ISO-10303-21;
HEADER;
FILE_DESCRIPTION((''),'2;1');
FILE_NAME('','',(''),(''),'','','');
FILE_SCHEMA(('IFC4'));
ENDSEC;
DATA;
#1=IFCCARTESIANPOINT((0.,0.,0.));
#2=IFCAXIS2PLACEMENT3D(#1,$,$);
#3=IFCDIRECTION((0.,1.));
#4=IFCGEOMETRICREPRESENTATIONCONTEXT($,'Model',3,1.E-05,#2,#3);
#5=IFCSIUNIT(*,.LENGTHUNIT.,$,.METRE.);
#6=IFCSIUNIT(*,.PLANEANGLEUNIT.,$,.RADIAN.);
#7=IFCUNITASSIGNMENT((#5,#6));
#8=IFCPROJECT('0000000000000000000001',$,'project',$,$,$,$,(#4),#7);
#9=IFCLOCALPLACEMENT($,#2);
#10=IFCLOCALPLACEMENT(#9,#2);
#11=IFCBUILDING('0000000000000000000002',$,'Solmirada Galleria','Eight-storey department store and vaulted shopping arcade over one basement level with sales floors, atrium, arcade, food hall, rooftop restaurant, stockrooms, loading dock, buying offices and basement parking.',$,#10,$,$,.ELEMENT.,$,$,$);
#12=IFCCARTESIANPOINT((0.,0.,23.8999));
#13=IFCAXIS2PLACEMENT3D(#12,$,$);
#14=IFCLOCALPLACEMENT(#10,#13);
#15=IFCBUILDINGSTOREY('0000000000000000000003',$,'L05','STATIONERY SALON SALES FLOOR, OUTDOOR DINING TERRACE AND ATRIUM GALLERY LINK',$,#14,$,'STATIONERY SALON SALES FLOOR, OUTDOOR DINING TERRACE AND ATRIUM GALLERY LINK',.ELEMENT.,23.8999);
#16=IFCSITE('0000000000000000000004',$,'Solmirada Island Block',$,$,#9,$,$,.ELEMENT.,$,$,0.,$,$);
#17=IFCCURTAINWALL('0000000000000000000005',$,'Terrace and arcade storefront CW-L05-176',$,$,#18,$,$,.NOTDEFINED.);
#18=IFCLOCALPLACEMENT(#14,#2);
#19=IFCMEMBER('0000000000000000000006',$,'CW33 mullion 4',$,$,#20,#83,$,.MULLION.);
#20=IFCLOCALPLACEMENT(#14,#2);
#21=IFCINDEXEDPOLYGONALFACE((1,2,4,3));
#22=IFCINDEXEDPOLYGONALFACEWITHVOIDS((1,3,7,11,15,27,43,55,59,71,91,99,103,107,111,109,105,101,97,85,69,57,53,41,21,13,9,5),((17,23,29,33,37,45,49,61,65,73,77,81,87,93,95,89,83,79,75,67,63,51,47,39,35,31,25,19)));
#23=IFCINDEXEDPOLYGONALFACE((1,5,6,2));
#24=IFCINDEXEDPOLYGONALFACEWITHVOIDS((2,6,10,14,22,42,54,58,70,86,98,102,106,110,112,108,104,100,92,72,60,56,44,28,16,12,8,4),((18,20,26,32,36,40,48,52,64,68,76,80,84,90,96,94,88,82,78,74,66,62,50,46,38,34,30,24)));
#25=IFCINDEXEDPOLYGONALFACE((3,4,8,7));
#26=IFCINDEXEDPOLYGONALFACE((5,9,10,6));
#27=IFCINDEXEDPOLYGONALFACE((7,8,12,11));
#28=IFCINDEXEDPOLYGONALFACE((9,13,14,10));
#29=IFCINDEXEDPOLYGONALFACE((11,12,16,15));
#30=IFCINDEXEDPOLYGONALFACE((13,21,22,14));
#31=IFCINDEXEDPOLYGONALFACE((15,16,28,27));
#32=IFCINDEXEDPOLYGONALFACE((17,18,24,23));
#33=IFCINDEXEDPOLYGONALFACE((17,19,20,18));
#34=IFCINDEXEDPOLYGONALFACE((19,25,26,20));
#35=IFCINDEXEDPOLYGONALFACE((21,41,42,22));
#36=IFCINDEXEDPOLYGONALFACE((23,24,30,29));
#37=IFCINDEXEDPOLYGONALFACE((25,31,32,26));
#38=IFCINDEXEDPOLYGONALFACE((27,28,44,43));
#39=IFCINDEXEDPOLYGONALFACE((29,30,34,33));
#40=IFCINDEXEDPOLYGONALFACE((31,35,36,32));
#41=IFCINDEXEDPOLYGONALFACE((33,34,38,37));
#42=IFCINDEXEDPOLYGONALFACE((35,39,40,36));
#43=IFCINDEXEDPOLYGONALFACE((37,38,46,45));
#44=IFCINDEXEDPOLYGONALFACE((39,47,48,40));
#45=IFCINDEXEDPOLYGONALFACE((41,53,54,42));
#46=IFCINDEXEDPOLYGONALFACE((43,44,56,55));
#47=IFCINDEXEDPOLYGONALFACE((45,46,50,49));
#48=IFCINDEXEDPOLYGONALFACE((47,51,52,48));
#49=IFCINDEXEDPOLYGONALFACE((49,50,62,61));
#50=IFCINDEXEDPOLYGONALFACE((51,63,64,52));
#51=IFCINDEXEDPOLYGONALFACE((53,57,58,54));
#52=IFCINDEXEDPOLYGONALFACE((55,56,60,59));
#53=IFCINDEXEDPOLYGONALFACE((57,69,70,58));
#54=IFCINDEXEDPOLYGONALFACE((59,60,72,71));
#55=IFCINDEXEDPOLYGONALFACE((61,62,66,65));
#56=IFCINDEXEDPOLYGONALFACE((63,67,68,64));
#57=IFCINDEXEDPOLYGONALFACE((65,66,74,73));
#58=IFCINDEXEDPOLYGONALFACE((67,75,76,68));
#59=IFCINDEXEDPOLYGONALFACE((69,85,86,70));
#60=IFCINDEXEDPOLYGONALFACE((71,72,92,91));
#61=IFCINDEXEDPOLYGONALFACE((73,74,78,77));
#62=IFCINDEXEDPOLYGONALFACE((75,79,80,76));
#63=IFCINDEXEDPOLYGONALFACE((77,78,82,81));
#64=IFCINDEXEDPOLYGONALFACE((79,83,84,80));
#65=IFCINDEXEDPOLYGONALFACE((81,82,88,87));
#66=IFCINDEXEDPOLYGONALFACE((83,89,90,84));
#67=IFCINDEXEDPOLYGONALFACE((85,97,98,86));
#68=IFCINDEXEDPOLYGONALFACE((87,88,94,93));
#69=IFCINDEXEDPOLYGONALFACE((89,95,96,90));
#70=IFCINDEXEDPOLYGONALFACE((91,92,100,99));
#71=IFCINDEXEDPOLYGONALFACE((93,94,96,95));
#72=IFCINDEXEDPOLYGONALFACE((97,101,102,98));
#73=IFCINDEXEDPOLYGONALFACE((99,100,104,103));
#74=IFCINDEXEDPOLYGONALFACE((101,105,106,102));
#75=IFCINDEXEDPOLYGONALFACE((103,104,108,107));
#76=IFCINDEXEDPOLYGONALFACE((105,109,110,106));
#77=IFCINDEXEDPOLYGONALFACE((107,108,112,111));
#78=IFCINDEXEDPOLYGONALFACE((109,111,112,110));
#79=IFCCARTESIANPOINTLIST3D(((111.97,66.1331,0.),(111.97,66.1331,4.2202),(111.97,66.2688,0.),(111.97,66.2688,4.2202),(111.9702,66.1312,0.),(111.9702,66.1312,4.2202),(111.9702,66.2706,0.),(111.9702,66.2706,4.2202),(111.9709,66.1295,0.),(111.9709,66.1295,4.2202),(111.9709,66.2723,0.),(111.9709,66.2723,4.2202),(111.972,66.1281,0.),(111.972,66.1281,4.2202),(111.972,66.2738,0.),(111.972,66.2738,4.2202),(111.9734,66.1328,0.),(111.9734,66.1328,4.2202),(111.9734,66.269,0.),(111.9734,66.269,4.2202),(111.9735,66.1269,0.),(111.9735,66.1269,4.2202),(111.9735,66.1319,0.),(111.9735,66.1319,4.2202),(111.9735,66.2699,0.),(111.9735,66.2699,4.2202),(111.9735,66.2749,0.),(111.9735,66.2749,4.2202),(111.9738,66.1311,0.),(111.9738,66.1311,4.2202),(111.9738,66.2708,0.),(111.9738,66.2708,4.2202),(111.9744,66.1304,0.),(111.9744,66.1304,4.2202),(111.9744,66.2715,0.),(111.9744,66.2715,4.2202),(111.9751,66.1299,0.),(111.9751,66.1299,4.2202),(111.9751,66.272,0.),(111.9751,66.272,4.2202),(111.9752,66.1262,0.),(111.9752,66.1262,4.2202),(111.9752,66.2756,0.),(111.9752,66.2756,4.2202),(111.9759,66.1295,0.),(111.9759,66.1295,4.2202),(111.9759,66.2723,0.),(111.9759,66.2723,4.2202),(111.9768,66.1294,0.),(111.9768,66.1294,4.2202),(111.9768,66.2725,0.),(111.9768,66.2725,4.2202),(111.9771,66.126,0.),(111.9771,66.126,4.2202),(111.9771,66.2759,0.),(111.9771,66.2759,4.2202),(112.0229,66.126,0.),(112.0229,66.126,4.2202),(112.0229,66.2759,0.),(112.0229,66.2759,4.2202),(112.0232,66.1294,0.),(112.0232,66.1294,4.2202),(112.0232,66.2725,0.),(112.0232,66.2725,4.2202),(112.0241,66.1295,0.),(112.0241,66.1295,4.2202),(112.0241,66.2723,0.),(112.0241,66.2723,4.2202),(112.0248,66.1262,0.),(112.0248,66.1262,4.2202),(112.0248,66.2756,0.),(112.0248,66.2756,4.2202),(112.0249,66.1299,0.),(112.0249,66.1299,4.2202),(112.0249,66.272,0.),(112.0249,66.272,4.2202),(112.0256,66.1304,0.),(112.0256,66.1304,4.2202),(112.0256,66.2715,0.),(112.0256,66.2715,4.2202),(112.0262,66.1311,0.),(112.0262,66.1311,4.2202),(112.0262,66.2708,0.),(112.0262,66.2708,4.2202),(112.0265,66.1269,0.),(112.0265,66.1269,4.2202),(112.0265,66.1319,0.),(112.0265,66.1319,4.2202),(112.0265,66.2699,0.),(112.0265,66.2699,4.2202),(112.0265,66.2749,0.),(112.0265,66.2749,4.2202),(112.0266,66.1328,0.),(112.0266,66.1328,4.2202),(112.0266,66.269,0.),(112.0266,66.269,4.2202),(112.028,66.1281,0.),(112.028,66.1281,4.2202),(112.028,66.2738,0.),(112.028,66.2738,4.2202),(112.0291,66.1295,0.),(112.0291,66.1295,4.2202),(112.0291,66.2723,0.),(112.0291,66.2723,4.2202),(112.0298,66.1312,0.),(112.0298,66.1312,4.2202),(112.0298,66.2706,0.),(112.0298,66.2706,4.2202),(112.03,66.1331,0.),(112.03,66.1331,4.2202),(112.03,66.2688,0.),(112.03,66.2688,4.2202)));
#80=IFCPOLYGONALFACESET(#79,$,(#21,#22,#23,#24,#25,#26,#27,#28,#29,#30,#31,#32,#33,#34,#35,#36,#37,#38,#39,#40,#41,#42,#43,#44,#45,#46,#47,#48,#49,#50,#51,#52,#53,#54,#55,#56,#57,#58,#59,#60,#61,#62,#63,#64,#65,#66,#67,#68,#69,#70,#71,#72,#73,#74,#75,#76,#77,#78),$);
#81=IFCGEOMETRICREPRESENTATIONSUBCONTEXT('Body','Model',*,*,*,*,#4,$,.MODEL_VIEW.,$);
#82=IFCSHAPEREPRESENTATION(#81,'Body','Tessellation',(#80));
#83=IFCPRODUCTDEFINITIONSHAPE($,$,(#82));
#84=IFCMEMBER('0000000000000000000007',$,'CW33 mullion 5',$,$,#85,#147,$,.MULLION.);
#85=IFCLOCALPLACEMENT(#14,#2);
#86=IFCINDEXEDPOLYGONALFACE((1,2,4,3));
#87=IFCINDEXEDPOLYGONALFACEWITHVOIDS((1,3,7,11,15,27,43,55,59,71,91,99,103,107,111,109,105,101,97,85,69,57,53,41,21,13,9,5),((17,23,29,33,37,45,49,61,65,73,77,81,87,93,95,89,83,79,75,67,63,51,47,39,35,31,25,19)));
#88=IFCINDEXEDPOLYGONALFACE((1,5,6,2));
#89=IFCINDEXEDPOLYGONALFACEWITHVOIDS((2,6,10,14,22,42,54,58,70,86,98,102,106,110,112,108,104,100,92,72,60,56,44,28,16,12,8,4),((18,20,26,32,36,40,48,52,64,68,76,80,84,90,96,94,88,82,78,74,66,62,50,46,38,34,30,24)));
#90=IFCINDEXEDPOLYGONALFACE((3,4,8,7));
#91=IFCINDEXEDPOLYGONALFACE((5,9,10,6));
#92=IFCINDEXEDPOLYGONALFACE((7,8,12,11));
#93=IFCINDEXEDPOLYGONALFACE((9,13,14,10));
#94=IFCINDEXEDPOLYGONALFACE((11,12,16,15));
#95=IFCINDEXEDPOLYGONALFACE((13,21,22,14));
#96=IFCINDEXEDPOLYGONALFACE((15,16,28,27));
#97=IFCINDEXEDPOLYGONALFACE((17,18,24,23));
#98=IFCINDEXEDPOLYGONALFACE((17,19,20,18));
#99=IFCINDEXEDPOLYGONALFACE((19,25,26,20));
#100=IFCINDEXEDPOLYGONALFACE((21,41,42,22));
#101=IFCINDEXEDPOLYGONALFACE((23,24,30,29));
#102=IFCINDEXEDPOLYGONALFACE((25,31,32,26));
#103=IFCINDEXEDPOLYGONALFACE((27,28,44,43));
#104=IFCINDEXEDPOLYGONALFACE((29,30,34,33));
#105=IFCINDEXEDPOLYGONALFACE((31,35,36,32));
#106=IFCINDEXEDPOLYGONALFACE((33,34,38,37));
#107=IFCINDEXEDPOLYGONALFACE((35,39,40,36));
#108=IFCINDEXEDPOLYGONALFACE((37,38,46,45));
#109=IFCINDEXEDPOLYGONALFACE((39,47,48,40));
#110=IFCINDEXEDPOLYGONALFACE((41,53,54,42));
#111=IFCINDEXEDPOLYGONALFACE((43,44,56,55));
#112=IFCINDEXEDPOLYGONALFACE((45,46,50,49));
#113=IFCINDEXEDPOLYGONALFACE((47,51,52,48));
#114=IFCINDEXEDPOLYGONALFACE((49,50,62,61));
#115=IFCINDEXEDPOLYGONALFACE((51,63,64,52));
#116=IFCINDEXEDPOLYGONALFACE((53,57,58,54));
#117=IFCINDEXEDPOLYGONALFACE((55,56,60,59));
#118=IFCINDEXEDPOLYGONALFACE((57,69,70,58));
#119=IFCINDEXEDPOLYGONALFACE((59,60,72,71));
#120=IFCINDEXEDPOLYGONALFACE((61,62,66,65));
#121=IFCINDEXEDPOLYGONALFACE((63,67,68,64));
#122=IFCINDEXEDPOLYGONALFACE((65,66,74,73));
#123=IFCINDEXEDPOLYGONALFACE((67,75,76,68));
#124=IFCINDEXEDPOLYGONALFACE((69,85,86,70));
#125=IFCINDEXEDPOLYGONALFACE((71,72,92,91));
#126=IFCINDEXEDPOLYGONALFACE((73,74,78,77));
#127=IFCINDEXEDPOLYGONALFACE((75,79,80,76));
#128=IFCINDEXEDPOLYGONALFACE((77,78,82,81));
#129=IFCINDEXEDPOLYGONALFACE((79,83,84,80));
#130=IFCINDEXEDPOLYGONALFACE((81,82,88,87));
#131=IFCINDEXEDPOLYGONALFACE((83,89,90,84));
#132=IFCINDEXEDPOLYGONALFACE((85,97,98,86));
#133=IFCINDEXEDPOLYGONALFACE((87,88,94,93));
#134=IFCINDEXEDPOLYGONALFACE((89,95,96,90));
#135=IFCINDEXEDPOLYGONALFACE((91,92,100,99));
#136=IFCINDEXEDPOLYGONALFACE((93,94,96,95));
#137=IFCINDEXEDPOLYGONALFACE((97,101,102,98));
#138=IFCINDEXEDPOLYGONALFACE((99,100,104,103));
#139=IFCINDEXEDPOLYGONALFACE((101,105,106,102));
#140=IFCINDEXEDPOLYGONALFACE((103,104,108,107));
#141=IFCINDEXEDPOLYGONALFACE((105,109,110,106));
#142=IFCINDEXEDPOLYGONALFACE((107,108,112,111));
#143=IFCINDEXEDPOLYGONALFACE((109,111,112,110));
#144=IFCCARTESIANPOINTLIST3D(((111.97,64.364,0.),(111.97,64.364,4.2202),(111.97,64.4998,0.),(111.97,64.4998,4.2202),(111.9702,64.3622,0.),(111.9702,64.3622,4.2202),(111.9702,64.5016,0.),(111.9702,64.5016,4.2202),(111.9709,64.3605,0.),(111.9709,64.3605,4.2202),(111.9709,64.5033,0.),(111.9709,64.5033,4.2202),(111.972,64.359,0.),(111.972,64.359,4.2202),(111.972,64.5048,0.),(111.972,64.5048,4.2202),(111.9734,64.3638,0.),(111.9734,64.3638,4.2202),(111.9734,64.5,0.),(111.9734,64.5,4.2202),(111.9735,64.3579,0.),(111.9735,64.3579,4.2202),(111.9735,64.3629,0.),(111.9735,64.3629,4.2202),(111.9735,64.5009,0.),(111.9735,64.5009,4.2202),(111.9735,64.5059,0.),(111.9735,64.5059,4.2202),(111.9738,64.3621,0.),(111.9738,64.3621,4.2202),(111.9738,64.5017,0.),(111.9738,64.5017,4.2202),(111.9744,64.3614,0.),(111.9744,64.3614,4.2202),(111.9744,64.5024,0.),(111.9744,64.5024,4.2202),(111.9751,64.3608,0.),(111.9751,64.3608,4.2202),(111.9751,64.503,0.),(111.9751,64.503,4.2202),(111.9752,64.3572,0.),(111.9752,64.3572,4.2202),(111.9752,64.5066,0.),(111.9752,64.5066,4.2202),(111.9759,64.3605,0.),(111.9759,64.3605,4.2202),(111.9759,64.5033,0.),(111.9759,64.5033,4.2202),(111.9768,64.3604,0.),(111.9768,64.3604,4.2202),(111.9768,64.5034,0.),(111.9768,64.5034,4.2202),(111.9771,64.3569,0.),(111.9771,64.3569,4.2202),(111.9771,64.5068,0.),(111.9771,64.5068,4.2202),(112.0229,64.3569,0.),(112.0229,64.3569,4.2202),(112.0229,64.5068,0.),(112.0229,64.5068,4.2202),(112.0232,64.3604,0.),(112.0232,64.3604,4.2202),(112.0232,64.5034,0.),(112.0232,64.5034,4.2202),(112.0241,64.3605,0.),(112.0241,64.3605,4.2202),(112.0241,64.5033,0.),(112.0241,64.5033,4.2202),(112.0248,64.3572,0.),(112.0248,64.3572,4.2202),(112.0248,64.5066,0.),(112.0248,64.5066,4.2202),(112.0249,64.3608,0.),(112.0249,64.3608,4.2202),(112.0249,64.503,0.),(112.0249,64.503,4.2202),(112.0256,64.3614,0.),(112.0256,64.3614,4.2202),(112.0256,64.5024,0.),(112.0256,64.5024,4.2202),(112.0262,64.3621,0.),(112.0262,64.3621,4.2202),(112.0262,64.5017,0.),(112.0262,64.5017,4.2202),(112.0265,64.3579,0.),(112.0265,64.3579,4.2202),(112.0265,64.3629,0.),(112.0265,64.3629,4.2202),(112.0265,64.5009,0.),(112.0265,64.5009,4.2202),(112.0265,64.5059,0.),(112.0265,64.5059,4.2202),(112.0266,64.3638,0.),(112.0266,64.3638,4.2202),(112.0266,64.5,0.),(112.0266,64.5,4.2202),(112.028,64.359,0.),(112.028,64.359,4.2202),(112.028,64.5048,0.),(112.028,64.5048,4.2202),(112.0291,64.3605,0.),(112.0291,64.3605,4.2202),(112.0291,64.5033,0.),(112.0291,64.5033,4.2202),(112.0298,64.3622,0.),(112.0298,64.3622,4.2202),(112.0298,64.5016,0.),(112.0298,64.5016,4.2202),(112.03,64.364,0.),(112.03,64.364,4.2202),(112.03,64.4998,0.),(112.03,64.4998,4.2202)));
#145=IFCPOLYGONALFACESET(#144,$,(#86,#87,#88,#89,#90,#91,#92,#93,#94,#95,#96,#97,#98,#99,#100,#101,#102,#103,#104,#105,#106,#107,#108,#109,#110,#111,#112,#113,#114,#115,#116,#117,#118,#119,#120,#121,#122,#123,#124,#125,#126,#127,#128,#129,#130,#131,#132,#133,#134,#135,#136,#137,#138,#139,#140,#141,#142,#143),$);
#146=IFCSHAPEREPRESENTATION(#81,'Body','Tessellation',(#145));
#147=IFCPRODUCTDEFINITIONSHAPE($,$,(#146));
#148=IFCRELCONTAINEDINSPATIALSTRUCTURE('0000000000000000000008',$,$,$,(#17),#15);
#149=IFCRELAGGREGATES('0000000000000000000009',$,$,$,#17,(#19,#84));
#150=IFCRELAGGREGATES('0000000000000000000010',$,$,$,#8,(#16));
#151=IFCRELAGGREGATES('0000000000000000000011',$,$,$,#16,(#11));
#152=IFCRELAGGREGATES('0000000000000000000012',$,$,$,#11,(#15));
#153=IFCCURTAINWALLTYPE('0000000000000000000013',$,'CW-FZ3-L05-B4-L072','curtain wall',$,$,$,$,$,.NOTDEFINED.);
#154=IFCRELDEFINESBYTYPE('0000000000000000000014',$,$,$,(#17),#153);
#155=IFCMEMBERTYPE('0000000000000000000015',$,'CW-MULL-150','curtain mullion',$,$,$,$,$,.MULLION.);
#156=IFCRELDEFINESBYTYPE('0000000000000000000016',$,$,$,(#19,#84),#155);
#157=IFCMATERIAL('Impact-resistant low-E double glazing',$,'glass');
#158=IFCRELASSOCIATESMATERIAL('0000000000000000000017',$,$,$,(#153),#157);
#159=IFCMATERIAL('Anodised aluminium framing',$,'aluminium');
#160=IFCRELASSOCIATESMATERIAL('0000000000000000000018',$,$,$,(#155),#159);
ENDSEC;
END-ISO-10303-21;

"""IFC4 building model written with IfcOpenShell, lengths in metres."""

from ifc_helpers import new_model, si_unit, direction, frame, origin, origin_2d, place, context, subcontext, project, spatial, hollow_rectangle, extrude, material, material_profile, profile_set, type_object, element, aggregate, save


model = new_model("IFC4")

# Units and contexts
model_context = context("Model", 3, precision=1e-05, world=origin(), true_north=direction((0.0, 1.0)))
body_context = subcontext(model_context, "Body", "Model", "MODEL_VIEW")
ifc_project = project(units=[si_unit("LENGTHUNIT", "METRE"), si_unit("PLANEANGLEUNIT", "RADIAN")], contexts=[model_context])

# Site, building, storey
site_placement = place(None, origin())
site = spatial("IfcSite", under=ifc_project, at=site_placement, Name="Solmirada Island Block", CompositionType="ELEMENT", RefElevation=0.0)
building_placement = place(site_placement, origin())
building = spatial("IfcBuilding", under=site, at=building_placement, Name="Solmirada Galleria", Description="Eight-storey department store and vaulted shopping arcade over one basement level with sales floors, atrium, arcade, food hall, rooftop restaurant, stockrooms, loading dock, buying offices and basement parking.", CompositionType="ELEMENT")
storey_placement = place(building_placement, frame((0.0, 0.0, 23.8999)))
storey = spatial("IfcBuildingStorey", under=building, at=storey_placement, Name="L05", Description="STATIONERY SALON SALES FLOOR, OUTDOOR DINING TERRACE AND ATRIUM GALLERY LINK", LongName="STATIONERY SALON SALES FLOOR, OUTDOOR DINING TERRACE AND ATRIUM GALLERY LINK", CompositionType="ELEMENT", Elevation=23.8999)

# Curtain wall, members
ifc_material_1 = material(Name="Impact-resistant low-E double glazing", Category="glass")
curtain_wall_type = type_object("IfcCurtainWallType", Name="CW-FZ3-L05-B4-L072", Description="curtain wall", PredefinedType="NOTDEFINED", material=ifc_material_1)
curtain_wall_1_placement = place(storey_placement, origin())
curtain_wall_1 = element("IfcCurtainWall", 1, at=curtain_wall_1_placement, inside=storey, type_object=curtain_wall_type, Name="Terrace and arcade storefront CW-L05-176", PredefinedType="NOTDEFINED")
ifc_material_2 = material(Name="Anodised aluminium framing", Category="aluminium")
ifc_material_profile_1 = material_profile(ifc_material_2, hollow_rectangle(XDim=0.0601, YDim=0.1499, WallThickness=0.0034, InnerFilletRadius=0.0034, OuterFilletRadius=0.0071, at=origin_2d()), Name="ALU-MULL-150X60")
ifc_profile_set_1 = profile_set([ifc_material_profile_1], Name="Anodised aluminium framing")
member_type_1 = type_object("IfcMemberType", Name="CW-MULL-150", Description="curtain mullion", PredefinedType="MULLION", material=ifc_profile_set_1)
member_1_placement = place(storey_placement, frame((112.0, 66.2009, 0.0), z_axis=(0.0, 0.0, 1.0), x_axis=(1.0, 0.0, 0.0)))
member_1 = element("IfcMember", 2, at=member_1_placement, type_object=member_type_1, Name="CW33 mullion 4", PredefinedType="MULLION", context=body_context, shape_type="SweptSolid", body=[
    extrude(hollow_rectangle(XDim=0.0601, YDim=0.1499, WallThickness=0.0034, InnerFilletRadius=0.0034, OuterFilletRadius=0.0071, at=origin_2d()), origin(), (0.0, 0.0, 1.0), 4.2202),
])
member_2_placement = place(storey_placement, frame((112.0, 64.4319, 0.0), z_axis=(0.0, 0.0, 1.0), x_axis=(1.0, 0.0, 0.0)))
member_2 = element("IfcMember", 3, at=member_2_placement, type_object=member_type_1, Name="CW33 mullion 5", PredefinedType="MULLION", context=body_context, shape_type="SweptSolid", body=[
    extrude(hollow_rectangle(XDim=0.0601, YDim=0.1499, WallThickness=0.0034, InnerFilletRadius=0.0034, OuterFilletRadius=0.0071, at=origin_2d()), origin(), (0.0, 0.0, 1.0), 4.2202),
])

aggregate(curtain_wall_1, [member_1, member_2])

save(model, "model.ifc")
